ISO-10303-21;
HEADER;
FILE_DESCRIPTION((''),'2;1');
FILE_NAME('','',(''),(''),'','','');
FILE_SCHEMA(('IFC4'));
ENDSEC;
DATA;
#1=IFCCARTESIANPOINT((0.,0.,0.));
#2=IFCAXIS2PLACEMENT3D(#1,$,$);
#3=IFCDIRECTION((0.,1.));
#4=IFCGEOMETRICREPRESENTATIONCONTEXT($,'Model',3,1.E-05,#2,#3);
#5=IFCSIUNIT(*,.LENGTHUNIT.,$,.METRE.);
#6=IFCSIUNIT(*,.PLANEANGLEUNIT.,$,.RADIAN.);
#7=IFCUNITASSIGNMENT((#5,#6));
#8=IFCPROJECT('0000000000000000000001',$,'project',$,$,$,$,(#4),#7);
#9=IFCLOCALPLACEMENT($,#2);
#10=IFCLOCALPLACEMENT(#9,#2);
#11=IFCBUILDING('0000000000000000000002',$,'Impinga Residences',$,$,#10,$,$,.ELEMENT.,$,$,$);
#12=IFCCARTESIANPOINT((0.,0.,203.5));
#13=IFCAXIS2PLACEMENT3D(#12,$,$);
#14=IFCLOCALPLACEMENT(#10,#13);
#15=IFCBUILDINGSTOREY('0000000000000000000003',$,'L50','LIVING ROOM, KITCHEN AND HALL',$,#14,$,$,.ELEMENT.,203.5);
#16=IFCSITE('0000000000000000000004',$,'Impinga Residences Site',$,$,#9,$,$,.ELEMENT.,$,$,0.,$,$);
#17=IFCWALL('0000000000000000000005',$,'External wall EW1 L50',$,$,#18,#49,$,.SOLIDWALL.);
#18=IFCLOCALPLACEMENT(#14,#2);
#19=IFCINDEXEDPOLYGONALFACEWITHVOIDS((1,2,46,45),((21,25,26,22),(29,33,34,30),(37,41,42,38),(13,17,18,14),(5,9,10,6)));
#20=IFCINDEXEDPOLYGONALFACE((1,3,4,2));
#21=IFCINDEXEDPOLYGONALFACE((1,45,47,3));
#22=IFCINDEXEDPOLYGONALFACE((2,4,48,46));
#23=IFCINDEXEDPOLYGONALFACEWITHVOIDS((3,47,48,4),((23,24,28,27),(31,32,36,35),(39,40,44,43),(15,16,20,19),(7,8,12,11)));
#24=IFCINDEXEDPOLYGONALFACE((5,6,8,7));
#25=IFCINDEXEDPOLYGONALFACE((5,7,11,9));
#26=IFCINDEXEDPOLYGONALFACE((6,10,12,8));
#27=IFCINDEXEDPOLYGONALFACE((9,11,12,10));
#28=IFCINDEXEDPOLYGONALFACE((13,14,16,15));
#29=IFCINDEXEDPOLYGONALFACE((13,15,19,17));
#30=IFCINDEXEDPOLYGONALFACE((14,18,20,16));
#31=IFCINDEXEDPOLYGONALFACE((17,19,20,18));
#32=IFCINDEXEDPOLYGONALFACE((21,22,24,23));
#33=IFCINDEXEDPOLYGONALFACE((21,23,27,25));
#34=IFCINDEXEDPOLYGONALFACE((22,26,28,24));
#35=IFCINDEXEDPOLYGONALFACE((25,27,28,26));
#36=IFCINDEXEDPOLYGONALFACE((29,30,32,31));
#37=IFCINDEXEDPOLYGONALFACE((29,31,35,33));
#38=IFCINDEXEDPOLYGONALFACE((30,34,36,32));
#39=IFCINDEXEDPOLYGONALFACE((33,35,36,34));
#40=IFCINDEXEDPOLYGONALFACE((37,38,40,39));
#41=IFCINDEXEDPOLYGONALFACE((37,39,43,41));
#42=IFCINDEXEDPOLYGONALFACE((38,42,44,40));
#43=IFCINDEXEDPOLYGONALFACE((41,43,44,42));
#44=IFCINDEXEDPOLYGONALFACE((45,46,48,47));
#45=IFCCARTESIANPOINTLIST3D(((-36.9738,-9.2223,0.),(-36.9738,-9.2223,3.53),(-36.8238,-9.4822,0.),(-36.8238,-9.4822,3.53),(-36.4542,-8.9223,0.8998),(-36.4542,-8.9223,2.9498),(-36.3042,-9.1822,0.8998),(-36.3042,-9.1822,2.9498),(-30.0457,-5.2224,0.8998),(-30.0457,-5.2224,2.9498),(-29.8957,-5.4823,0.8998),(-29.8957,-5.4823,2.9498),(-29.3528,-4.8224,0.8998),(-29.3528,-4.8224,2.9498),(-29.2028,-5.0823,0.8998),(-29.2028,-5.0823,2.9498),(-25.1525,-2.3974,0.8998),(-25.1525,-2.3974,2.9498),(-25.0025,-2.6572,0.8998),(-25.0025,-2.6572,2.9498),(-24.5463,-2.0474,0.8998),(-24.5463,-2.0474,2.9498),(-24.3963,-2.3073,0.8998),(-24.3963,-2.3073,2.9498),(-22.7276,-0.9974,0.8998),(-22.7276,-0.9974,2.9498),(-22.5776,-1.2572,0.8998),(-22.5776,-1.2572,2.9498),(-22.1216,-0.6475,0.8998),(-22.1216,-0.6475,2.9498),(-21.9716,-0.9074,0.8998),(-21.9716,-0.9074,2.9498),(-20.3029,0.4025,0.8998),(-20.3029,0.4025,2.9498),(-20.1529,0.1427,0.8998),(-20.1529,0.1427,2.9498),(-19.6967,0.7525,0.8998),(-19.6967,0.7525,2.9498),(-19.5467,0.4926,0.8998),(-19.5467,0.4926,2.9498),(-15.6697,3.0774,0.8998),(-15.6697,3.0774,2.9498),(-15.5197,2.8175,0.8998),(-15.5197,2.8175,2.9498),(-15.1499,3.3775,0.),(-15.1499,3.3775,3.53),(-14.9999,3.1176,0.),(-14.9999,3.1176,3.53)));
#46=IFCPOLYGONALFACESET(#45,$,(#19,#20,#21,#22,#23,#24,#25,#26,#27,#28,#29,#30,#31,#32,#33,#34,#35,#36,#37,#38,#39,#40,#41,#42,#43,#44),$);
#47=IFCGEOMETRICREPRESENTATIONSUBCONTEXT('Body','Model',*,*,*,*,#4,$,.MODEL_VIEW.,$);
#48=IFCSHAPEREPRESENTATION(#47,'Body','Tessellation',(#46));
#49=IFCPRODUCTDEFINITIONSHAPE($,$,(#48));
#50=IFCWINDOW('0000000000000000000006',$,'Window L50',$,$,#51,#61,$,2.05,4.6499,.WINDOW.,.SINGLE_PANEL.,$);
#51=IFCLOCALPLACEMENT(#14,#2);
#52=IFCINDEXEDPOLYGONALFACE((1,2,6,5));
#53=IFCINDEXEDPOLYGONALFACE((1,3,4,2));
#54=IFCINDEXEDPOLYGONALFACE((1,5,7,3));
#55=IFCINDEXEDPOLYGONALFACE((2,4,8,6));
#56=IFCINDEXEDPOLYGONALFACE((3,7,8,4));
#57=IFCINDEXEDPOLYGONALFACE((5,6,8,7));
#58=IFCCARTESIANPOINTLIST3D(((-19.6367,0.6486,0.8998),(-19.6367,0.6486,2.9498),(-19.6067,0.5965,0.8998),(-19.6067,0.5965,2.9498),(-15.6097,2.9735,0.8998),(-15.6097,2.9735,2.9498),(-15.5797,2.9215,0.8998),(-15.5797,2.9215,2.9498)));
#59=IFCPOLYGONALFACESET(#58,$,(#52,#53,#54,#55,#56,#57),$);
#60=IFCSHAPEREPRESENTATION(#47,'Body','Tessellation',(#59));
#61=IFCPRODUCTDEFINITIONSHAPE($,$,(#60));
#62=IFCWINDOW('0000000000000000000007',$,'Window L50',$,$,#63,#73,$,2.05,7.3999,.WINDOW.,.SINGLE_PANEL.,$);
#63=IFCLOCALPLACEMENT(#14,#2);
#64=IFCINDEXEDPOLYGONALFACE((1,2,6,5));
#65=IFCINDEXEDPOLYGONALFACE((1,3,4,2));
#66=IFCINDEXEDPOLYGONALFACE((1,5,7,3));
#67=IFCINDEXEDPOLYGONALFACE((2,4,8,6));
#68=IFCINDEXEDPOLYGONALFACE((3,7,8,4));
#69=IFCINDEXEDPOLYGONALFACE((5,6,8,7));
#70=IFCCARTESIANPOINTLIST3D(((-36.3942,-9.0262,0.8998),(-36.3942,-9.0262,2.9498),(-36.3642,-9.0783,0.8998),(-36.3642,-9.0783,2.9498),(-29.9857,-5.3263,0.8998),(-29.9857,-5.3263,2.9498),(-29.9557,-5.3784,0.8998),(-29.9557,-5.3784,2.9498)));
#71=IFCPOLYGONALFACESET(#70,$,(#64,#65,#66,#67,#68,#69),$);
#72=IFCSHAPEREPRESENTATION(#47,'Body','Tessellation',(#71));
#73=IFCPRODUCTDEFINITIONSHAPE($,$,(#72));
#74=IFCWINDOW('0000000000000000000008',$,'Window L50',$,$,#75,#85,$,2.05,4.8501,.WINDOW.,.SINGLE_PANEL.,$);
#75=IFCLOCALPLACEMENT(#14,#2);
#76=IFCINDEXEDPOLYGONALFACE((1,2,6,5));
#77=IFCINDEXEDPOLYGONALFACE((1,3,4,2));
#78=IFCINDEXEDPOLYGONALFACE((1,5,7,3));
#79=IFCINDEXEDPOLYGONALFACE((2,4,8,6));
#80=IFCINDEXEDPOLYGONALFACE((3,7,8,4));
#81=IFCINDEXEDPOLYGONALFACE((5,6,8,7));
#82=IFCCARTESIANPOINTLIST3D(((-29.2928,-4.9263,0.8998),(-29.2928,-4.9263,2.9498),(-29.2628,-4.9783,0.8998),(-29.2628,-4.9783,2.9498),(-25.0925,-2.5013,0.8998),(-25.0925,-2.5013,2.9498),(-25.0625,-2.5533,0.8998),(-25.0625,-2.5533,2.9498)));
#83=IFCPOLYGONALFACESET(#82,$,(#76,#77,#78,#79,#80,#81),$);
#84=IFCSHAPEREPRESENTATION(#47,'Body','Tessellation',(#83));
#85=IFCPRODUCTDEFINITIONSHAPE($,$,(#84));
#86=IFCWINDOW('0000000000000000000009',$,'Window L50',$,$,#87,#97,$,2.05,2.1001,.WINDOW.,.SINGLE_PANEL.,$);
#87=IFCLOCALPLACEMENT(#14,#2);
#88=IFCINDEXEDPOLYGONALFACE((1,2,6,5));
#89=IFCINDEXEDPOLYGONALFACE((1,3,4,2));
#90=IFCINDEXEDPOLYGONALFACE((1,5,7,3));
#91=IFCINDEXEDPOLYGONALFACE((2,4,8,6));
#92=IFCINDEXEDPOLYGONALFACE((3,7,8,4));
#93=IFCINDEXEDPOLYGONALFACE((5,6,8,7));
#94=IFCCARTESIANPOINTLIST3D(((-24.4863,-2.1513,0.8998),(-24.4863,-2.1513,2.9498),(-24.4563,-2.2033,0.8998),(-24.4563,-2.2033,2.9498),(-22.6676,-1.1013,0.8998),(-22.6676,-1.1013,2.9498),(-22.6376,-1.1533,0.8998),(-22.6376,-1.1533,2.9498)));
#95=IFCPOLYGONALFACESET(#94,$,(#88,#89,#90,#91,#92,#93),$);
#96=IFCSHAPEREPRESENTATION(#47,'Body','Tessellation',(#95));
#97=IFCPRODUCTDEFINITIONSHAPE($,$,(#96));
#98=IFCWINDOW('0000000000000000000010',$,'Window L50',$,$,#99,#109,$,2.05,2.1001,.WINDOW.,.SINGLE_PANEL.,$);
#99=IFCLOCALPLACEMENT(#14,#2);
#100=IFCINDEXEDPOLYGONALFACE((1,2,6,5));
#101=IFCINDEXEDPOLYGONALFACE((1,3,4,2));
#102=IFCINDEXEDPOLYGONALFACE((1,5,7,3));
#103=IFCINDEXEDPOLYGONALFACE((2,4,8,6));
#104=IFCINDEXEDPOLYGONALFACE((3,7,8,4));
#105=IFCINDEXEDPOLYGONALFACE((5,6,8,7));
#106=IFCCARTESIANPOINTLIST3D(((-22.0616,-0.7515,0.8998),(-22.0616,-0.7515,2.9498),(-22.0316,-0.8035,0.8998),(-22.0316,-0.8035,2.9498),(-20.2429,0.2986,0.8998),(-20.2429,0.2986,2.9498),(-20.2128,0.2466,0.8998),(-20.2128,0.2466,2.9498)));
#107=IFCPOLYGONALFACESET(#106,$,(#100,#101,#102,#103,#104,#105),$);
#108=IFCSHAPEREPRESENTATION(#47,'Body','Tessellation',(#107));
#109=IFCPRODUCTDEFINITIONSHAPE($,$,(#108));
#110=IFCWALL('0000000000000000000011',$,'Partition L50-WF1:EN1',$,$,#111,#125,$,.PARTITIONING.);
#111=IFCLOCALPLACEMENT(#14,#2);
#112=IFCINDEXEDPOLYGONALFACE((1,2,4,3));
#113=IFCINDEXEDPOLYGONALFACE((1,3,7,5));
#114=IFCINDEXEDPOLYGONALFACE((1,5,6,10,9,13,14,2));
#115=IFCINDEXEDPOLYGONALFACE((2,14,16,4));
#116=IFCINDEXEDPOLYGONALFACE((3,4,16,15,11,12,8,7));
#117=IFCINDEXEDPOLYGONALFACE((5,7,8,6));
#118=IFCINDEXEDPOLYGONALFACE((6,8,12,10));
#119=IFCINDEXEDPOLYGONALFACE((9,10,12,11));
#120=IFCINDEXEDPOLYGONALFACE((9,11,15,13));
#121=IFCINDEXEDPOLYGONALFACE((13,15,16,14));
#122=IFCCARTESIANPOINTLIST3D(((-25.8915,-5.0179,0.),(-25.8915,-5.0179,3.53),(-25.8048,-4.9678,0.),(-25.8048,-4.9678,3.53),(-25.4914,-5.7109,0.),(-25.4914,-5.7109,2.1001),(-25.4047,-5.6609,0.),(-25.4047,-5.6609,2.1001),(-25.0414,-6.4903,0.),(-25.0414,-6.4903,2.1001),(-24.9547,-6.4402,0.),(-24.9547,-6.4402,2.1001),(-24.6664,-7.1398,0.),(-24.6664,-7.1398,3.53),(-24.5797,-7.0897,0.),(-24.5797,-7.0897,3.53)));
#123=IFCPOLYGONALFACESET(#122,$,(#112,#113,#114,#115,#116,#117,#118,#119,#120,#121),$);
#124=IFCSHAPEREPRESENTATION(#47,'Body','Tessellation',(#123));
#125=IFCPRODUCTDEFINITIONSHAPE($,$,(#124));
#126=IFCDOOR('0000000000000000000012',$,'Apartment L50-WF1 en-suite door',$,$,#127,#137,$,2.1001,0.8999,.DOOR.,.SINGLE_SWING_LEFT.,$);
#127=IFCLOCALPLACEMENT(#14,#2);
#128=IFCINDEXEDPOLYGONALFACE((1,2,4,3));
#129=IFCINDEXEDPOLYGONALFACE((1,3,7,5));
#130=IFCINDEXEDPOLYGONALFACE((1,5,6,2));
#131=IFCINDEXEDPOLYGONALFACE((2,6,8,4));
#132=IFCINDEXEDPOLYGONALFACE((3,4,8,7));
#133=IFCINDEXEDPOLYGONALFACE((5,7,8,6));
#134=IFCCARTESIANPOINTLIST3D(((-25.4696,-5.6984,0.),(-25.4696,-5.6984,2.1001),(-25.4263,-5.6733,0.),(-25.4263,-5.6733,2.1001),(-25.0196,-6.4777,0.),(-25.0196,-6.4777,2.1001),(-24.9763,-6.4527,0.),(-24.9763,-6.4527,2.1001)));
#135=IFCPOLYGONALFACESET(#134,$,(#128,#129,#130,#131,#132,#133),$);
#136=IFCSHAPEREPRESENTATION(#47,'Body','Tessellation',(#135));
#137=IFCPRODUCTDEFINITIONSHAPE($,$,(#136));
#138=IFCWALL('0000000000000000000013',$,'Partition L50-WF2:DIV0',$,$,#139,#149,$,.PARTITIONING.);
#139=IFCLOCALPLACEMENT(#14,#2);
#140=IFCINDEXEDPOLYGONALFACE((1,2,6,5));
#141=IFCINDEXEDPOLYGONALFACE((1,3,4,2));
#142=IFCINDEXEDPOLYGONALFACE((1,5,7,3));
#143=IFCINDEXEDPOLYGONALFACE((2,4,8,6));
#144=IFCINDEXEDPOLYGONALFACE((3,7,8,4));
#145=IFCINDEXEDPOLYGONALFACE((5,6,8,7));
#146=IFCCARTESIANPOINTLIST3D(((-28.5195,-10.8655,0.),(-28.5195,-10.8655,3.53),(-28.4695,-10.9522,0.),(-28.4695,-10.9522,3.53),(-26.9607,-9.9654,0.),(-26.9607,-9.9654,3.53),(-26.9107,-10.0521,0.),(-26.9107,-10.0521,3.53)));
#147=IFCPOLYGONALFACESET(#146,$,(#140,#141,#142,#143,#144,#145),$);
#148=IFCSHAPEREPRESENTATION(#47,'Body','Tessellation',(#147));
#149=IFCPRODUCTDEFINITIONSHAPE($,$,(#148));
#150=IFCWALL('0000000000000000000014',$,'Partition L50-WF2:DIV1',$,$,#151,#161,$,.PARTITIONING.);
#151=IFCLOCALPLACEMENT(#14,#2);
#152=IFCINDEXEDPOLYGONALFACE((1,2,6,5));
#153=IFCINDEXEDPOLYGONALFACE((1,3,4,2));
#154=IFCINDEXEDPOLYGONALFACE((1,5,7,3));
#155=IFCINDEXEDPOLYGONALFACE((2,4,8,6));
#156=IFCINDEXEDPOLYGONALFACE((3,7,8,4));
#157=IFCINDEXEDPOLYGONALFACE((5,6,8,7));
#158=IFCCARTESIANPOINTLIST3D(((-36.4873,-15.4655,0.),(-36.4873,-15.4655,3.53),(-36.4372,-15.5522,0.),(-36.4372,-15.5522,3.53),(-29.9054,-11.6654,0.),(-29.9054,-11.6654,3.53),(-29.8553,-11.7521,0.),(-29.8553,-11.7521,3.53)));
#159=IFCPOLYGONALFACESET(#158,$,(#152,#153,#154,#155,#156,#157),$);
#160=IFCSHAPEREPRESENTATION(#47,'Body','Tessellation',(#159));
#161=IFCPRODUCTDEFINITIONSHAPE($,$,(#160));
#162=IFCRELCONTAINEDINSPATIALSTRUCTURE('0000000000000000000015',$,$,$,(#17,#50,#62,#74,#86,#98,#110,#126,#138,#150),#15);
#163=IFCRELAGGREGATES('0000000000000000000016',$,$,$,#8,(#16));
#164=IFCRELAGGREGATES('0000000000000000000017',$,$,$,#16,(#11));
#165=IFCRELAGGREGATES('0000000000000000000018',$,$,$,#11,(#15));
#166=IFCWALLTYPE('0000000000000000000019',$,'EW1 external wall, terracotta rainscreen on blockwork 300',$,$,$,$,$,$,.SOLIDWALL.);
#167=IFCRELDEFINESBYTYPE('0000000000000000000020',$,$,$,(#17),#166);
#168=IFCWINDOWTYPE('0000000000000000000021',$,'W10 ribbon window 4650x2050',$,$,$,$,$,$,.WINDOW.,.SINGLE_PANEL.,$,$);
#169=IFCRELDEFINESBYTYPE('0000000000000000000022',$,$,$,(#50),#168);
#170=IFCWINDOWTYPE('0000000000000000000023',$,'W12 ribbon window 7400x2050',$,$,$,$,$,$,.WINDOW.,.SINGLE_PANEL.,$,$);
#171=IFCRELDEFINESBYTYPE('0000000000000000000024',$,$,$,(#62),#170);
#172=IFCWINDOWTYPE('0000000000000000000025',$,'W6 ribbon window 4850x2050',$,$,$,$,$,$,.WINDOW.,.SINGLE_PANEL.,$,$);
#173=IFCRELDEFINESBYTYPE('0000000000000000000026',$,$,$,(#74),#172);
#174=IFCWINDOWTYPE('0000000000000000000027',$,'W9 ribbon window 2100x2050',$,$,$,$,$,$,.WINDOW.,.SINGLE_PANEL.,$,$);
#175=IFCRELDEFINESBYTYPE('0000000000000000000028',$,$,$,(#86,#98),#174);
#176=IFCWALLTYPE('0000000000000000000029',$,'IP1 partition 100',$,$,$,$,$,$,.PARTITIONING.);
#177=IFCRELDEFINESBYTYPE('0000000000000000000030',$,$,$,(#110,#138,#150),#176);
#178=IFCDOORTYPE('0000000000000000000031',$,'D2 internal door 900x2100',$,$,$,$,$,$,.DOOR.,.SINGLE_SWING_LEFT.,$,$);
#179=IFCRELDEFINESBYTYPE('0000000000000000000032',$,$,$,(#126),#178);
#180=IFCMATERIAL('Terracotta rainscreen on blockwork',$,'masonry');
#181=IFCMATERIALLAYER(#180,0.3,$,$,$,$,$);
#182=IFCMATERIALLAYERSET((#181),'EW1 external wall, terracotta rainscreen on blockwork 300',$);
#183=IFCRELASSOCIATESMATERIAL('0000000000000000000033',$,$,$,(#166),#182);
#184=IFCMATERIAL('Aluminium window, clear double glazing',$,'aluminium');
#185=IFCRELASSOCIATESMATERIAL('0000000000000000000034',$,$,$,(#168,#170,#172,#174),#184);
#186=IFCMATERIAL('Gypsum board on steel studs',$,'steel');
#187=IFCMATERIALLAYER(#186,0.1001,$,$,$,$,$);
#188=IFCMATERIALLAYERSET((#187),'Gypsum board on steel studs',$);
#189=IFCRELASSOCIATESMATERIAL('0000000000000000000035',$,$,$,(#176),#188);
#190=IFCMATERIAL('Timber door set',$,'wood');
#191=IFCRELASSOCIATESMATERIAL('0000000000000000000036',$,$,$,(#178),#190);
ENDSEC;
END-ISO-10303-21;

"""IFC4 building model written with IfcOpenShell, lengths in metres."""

from ifc_helpers import new_model, si_unit, direction, frame, frame_2d, origin, place, context, subcontext, project, spatial, rectangle, extrude, material, layer, layer_set, type_object, element, fill, save


model = new_model("IFC4")

# Units and contexts
model_context = context("Model", 3, precision=1e-05, world=origin(), true_north=direction((0.0, 1.0)))
body_context = subcontext(model_context, "Body", "Model", "MODEL_VIEW")
ifc_project = project(units=[si_unit("LENGTHUNIT", "METRE"), si_unit("PLANEANGLEUNIT", "RADIAN")], contexts=[model_context])

# Site, building, storey
site_placement = place(None, origin())
site = spatial("IfcSite", under=ifc_project, at=site_placement, Name="Impinga Residences Site", CompositionType="ELEMENT", RefElevation=0.0)
building_placement = place(site_placement, origin())
building = spatial("IfcBuilding", under=site, at=building_placement, Name="Impinga Residences", CompositionType="ELEMENT")
storey_placement = place(building_placement, frame((0.0, 0.0, 203.5)))
storey = spatial("IfcBuildingStorey", under=building, at=storey_placement, Name="L50", Description="LIVING ROOM, KITCHEN AND HALL", CompositionType="ELEMENT", Elevation=203.5)

# Shared definitions
ifc_material_1 = material(Name="Terracotta rainscreen on blockwork", Category="masonry")
ifc_layer_1 = layer(ifc_material_1, 0.3)
ifc_layer_set_1 = layer_set([ifc_layer_1], Name="EW1 external wall, terracotta rainscreen on blockwork 300")
wall_type_1 = type_object("IfcWallType", Name="EW1 external wall, terracotta rainscreen on blockwork 300", PredefinedType="SOLIDWALL", material=ifc_layer_set_1)

# Wall, openings, windows
wall_1_placement = place(storey_placement, frame((-36.8989, -9.3523, 0.0), z_axis=(0.0, 0.0, 1.0), x_axis=(0.866029, 0.499993, 0.0)))
wall_1 = element("IfcWall", 1, at=wall_1_placement, inside=storey, type_object=wall_type_1, Name="External wall EW1 L50", PredefinedType="SOLIDWALL", context=body_context, shape_type="SweptSolid", body=[
    extrude(rectangle(XDim=25.2, YDim=0.3, at=frame_2d((12.6001, 0.0))), origin(), (0.0, 0.0, 1.0), 3.53),
])
opening_1_placement = place(wall_1_placement, frame((0.6001, 0.0, 0.8999)))
opening_1 = element("IfcOpeningElement", 2, at=opening_1_placement, cuts=wall_1, PredefinedType="OPENING", context=body_context, shape_type="SweptSolid", body=[
    extrude(rectangle(XDim=7.3999, YDim=2.05, at=frame_2d((3.7, 1.0249))), frame((0.0, 0.1599, 0.0), z_axis=(0.0, -1.0, 0.0), x_axis=(1.0, 0.0, 0.0)), (0.0, 0.0, 1.0), 0.3201),
])
opening_2_placement = place(wall_1_placement, frame((8.8, 0.0, 0.8999)))
opening_2 = element("IfcOpeningElement", 3, at=opening_2_placement, cuts=wall_1, PredefinedType="OPENING", context=body_context, shape_type="SweptSolid", body=[
    extrude(rectangle(XDim=4.8501, YDim=2.05, at=frame_2d((2.425, 1.0249))), frame((0.0, 0.1599, 0.0), z_axis=(0.0, -1.0, 0.0), x_axis=(1.0, 0.0, 0.0)), (0.0, 0.0, 1.0), 0.3201),
])
opening_3_placement = place(wall_1_placement, frame((14.3501, 0.0, 0.8999)))
opening_3 = element("IfcOpeningElement", 4, at=opening_3_placement, cuts=wall_1, PredefinedType="OPENING", context=body_context, shape_type="SweptSolid", body=[
    extrude(rectangle(XDim=2.1001, YDim=2.05, at=frame_2d((1.05, 1.0249))), frame((0.0, 0.1599, 0.0), z_axis=(0.0, -1.0, 0.0), x_axis=(1.0, 0.0, 0.0)), (0.0, 0.0, 1.0), 0.3201),
])
opening_4_placement = place(wall_1_placement, frame((17.1499, 0.0, 0.8999)))
opening_4 = element("IfcOpeningElement", 5, at=opening_4_placement, cuts=wall_1, PredefinedType="OPENING", context=body_context, shape_type="SweptSolid", body=[
    extrude(rectangle(XDim=2.1001, YDim=2.05, at=frame_2d((1.05, 1.0249))), frame((0.0, 0.1599, 0.0), z_axis=(0.0, -1.0, 0.0), x_axis=(1.0, 0.0, 0.0)), (0.0, 0.0, 1.0), 0.3201),
])
opening_5_placement = place(wall_1_placement, frame((19.95, 0.0, 0.8999)))
opening_5 = element("IfcOpeningElement", 6, at=opening_5_placement, cuts=wall_1, PredefinedType="OPENING", context=body_context, shape_type="SweptSolid", body=[
    extrude(rectangle(XDim=4.6499, YDim=2.05, at=frame_2d((2.325, 1.0249))), frame((0.0, 0.1599, 0.0), z_axis=(0.0, -1.0, 0.0), x_axis=(1.0, 0.0, 0.0)), (0.0, 0.0, 1.0), 0.3201),
])
ifc_material_2 = material(Name="Aluminium window, clear double glazing", Category="aluminium")
window_type_1 = type_object("IfcWindowType", Name="W10 ribbon window 4650x2050", PartitioningType="SINGLE_PANEL", PredefinedType="WINDOW", material=ifc_material_2)
window_1_placement = place(opening_5_placement, origin())
window_1 = element("IfcWindow", 7, at=window_1_placement, inside=storey, type_object=window_type_1, Name="Window L50", OverallHeight=2.05, OverallWidth=4.6499, PartitioningType="SINGLE_PANEL", PredefinedType="WINDOW", context=body_context, shape_type="SweptSolid", body=[
    extrude(rectangle(XDim=4.6499, YDim=2.05, at=frame_2d((2.325, 1.0249))), frame((0.0, 0.03, 0.0), z_axis=(0.0, -1.0, 0.0), x_axis=(1.0, 0.0, 0.0)), (0.0, 0.0, 1.0), 0.0601),
])
fill(opening_5, window_1)
window_type_2 = type_object("IfcWindowType", Name="W12 ribbon window 7400x2050", PartitioningType="SINGLE_PANEL", PredefinedType="WINDOW", material=ifc_material_2)
window_2_placement = place(opening_1_placement, origin())
window_2 = element("IfcWindow", 8, at=window_2_placement, inside=storey, type_object=window_type_2, Name="Window L50", OverallHeight=2.05, OverallWidth=7.3999, PartitioningType="SINGLE_PANEL", PredefinedType="WINDOW", context=body_context, shape_type="SweptSolid", body=[
    extrude(rectangle(XDim=7.3999, YDim=2.05, at=frame_2d((3.7, 1.0249))), frame((0.0, 0.03, 0.0), z_axis=(0.0, -1.0, 0.0), x_axis=(1.0, 0.0, 0.0)), (0.0, 0.0, 1.0), 0.0601),
])
fill(opening_1, window_2)
window_type_3 = type_object("IfcWindowType", Name="W6 ribbon window 4850x2050", PartitioningType="SINGLE_PANEL", PredefinedType="WINDOW", material=ifc_material_2)
window_3_placement = place(opening_2_placement, origin())
window_3 = element("IfcWindow", 9, at=window_3_placement, inside=storey, type_object=window_type_3, Name="Window L50", OverallHeight=2.05, OverallWidth=4.8501, PartitioningType="SINGLE_PANEL", PredefinedType="WINDOW", context=body_context, shape_type="SweptSolid", body=[
    extrude(rectangle(XDim=4.8501, YDim=2.05, at=frame_2d((2.425, 1.0249))), frame((0.0, 0.03, 0.0), z_axis=(0.0, -1.0, 0.0), x_axis=(1.0, 0.0, 0.0)), (0.0, 0.0, 1.0), 0.0601),
])
fill(opening_2, window_3)
window_type_4 = type_object("IfcWindowType", Name="W9 ribbon window 2100x2050", PartitioningType="SINGLE_PANEL", PredefinedType="WINDOW", material=ifc_material_2)
window_4_placement = place(opening_3_placement, origin())
window_4 = element("IfcWindow", 10, at=window_4_placement, inside=storey, type_object=window_type_4, Name="Window L50", OverallHeight=2.05, OverallWidth=2.1001, PartitioningType="SINGLE_PANEL", PredefinedType="WINDOW", context=body_context, shape_type="SweptSolid", body=[
    extrude(rectangle(XDim=2.1001, YDim=2.05, at=frame_2d((1.05, 1.0249))), frame((0.0, 0.03, 0.0), z_axis=(0.0, -1.0, 0.0), x_axis=(1.0, 0.0, 0.0)), (0.0, 0.0, 1.0), 0.0601),
])
fill(opening_3, window_4)
window_5_placement = place(opening_4_placement, origin())
window_5 = element("IfcWindow", 11, at=window_5_placement, inside=storey, type_object=window_type_4, Name="Window L50", OverallHeight=2.05, OverallWidth=2.1001, PartitioningType="SINGLE_PANEL", PredefinedType="WINDOW", context=body_context, shape_type="SweptSolid", body=[
    extrude(rectangle(XDim=2.1001, YDim=2.05, at=frame_2d((1.05, 1.0249))), frame((0.0, 0.03, 0.0), z_axis=(0.0, -1.0, 0.0), x_axis=(1.0, 0.0, 0.0)), (0.0, 0.0, 1.0), 0.0601),
])
fill(opening_4, window_5)

# Wall, opening, door
ifc_material_3 = material(Name="Gypsum board on steel studs", Category="steel")
ifc_layer_2 = layer(ifc_material_3, 0.1001)
ifc_layer_set_2 = layer_set([ifc_layer_2], Name="Gypsum board on steel studs")
wall_type_2 = type_object("IfcWallType", Name="IP1 partition 100", PredefinedType="PARTITIONING", material=ifc_layer_set_2)
wall_2_placement = place(storey_placement, frame((-24.623, -7.1147, 0.0), z_axis=(0.0, 0.0, 1.0), x_axis=(-0.500019, 0.866015, 0.0)))
wall_2 = element("IfcWall", 12, at=wall_2_placement, inside=storey, type_object=wall_type_2, Name="Partition L50-WF1:EN1", PredefinedType="PARTITIONING", context=body_context, shape_type="SweptSolid", body=[
    extrude(rectangle(XDim=2.4502, YDim=0.1001, at=frame_2d((1.2251, 0.0))), origin(), (0.0, 0.0, 1.0), 3.53),
])
opening_6_placement = place(wall_2_placement, frame((0.75, 0.0, 0.0)))
opening_6 = element("IfcOpeningElement", 13, at=opening_6_placement, cuts=wall_2, PredefinedType="OPENING", context=body_context, shape_type="SweptSolid", body=[
    extrude(rectangle(XDim=0.8999, YDim=2.1001, at=frame_2d((0.45, 1.05))), frame((0.0, 0.0601, 0.0), z_axis=(0.0, -1.0, 0.0), x_axis=(1.0, 0.0, 0.0)), (0.0, 0.0, 1.0), 0.1201),
])
ifc_material_4 = material(Name="Timber door set", Category="wood")
door_type = type_object("IfcDoorType", Name="D2 internal door 900x2100", OperationType="SINGLE_SWING_LEFT", PredefinedType="DOOR", material=ifc_material_4)
door_1_placement = place(opening_6_placement, origin())
door_1 = element("IfcDoor", 14, at=door_1_placement, inside=storey, type_object=door_type, Name="Apartment L50-WF1 en-suite door", OperationType="SINGLE_SWING_LEFT", OverallHeight=2.1001, OverallWidth=0.8999, PredefinedType="DOOR", context=body_context, shape_type="SweptSolid", body=[
    extrude(rectangle(XDim=0.8999, YDim=2.1001, at=frame_2d((0.45, 1.05))), frame((0.0, 0.0249, 0.0), z_axis=(0.0, -1.0, 0.0), x_axis=(1.0, 0.0, 0.0)), (0.0, 0.0, 1.0), 0.05),
])
fill(opening_6, door_1)

# Walls
wall_3_placement = place(storey_placement, frame((-26.9358, -10.0088, 0.0), z_axis=(0.0, 0.0, 1.0), x_axis=(-0.865989, -0.500063, 0.0)))
element("IfcWall", 15, at=wall_3_placement, inside=storey, type_object=wall_type_2, Name="Partition L50-WF2:DIV0", PredefinedType="PARTITIONING", context=body_context, shape_type="SweptSolid", body=[
    extrude(rectangle(XDim=1.8, YDim=0.1001, at=frame_2d((0.8999, 0.0))), origin(), (0.0, 0.0, 1.0), 3.53),
])
wall_4_placement = place(storey_placement, frame((-29.8804, -11.7087, 0.0), z_axis=(0.0, 0.0, 1.0), x_axis=(-0.866022, -0.500005, 0.0)))
element("IfcWall", 16, at=wall_4_placement, inside=storey, type_object=wall_type_2, Name="Partition L50-WF2:DIV1", PredefinedType="PARTITIONING", context=body_context, shape_type="SweptSolid", body=[
    extrude(rectangle(XDim=7.6001, YDim=0.1001, at=frame_2d((3.8, 0.0))), origin(), (0.0, 0.0, 1.0), 3.53),
])

save(model, "model.ifc")
